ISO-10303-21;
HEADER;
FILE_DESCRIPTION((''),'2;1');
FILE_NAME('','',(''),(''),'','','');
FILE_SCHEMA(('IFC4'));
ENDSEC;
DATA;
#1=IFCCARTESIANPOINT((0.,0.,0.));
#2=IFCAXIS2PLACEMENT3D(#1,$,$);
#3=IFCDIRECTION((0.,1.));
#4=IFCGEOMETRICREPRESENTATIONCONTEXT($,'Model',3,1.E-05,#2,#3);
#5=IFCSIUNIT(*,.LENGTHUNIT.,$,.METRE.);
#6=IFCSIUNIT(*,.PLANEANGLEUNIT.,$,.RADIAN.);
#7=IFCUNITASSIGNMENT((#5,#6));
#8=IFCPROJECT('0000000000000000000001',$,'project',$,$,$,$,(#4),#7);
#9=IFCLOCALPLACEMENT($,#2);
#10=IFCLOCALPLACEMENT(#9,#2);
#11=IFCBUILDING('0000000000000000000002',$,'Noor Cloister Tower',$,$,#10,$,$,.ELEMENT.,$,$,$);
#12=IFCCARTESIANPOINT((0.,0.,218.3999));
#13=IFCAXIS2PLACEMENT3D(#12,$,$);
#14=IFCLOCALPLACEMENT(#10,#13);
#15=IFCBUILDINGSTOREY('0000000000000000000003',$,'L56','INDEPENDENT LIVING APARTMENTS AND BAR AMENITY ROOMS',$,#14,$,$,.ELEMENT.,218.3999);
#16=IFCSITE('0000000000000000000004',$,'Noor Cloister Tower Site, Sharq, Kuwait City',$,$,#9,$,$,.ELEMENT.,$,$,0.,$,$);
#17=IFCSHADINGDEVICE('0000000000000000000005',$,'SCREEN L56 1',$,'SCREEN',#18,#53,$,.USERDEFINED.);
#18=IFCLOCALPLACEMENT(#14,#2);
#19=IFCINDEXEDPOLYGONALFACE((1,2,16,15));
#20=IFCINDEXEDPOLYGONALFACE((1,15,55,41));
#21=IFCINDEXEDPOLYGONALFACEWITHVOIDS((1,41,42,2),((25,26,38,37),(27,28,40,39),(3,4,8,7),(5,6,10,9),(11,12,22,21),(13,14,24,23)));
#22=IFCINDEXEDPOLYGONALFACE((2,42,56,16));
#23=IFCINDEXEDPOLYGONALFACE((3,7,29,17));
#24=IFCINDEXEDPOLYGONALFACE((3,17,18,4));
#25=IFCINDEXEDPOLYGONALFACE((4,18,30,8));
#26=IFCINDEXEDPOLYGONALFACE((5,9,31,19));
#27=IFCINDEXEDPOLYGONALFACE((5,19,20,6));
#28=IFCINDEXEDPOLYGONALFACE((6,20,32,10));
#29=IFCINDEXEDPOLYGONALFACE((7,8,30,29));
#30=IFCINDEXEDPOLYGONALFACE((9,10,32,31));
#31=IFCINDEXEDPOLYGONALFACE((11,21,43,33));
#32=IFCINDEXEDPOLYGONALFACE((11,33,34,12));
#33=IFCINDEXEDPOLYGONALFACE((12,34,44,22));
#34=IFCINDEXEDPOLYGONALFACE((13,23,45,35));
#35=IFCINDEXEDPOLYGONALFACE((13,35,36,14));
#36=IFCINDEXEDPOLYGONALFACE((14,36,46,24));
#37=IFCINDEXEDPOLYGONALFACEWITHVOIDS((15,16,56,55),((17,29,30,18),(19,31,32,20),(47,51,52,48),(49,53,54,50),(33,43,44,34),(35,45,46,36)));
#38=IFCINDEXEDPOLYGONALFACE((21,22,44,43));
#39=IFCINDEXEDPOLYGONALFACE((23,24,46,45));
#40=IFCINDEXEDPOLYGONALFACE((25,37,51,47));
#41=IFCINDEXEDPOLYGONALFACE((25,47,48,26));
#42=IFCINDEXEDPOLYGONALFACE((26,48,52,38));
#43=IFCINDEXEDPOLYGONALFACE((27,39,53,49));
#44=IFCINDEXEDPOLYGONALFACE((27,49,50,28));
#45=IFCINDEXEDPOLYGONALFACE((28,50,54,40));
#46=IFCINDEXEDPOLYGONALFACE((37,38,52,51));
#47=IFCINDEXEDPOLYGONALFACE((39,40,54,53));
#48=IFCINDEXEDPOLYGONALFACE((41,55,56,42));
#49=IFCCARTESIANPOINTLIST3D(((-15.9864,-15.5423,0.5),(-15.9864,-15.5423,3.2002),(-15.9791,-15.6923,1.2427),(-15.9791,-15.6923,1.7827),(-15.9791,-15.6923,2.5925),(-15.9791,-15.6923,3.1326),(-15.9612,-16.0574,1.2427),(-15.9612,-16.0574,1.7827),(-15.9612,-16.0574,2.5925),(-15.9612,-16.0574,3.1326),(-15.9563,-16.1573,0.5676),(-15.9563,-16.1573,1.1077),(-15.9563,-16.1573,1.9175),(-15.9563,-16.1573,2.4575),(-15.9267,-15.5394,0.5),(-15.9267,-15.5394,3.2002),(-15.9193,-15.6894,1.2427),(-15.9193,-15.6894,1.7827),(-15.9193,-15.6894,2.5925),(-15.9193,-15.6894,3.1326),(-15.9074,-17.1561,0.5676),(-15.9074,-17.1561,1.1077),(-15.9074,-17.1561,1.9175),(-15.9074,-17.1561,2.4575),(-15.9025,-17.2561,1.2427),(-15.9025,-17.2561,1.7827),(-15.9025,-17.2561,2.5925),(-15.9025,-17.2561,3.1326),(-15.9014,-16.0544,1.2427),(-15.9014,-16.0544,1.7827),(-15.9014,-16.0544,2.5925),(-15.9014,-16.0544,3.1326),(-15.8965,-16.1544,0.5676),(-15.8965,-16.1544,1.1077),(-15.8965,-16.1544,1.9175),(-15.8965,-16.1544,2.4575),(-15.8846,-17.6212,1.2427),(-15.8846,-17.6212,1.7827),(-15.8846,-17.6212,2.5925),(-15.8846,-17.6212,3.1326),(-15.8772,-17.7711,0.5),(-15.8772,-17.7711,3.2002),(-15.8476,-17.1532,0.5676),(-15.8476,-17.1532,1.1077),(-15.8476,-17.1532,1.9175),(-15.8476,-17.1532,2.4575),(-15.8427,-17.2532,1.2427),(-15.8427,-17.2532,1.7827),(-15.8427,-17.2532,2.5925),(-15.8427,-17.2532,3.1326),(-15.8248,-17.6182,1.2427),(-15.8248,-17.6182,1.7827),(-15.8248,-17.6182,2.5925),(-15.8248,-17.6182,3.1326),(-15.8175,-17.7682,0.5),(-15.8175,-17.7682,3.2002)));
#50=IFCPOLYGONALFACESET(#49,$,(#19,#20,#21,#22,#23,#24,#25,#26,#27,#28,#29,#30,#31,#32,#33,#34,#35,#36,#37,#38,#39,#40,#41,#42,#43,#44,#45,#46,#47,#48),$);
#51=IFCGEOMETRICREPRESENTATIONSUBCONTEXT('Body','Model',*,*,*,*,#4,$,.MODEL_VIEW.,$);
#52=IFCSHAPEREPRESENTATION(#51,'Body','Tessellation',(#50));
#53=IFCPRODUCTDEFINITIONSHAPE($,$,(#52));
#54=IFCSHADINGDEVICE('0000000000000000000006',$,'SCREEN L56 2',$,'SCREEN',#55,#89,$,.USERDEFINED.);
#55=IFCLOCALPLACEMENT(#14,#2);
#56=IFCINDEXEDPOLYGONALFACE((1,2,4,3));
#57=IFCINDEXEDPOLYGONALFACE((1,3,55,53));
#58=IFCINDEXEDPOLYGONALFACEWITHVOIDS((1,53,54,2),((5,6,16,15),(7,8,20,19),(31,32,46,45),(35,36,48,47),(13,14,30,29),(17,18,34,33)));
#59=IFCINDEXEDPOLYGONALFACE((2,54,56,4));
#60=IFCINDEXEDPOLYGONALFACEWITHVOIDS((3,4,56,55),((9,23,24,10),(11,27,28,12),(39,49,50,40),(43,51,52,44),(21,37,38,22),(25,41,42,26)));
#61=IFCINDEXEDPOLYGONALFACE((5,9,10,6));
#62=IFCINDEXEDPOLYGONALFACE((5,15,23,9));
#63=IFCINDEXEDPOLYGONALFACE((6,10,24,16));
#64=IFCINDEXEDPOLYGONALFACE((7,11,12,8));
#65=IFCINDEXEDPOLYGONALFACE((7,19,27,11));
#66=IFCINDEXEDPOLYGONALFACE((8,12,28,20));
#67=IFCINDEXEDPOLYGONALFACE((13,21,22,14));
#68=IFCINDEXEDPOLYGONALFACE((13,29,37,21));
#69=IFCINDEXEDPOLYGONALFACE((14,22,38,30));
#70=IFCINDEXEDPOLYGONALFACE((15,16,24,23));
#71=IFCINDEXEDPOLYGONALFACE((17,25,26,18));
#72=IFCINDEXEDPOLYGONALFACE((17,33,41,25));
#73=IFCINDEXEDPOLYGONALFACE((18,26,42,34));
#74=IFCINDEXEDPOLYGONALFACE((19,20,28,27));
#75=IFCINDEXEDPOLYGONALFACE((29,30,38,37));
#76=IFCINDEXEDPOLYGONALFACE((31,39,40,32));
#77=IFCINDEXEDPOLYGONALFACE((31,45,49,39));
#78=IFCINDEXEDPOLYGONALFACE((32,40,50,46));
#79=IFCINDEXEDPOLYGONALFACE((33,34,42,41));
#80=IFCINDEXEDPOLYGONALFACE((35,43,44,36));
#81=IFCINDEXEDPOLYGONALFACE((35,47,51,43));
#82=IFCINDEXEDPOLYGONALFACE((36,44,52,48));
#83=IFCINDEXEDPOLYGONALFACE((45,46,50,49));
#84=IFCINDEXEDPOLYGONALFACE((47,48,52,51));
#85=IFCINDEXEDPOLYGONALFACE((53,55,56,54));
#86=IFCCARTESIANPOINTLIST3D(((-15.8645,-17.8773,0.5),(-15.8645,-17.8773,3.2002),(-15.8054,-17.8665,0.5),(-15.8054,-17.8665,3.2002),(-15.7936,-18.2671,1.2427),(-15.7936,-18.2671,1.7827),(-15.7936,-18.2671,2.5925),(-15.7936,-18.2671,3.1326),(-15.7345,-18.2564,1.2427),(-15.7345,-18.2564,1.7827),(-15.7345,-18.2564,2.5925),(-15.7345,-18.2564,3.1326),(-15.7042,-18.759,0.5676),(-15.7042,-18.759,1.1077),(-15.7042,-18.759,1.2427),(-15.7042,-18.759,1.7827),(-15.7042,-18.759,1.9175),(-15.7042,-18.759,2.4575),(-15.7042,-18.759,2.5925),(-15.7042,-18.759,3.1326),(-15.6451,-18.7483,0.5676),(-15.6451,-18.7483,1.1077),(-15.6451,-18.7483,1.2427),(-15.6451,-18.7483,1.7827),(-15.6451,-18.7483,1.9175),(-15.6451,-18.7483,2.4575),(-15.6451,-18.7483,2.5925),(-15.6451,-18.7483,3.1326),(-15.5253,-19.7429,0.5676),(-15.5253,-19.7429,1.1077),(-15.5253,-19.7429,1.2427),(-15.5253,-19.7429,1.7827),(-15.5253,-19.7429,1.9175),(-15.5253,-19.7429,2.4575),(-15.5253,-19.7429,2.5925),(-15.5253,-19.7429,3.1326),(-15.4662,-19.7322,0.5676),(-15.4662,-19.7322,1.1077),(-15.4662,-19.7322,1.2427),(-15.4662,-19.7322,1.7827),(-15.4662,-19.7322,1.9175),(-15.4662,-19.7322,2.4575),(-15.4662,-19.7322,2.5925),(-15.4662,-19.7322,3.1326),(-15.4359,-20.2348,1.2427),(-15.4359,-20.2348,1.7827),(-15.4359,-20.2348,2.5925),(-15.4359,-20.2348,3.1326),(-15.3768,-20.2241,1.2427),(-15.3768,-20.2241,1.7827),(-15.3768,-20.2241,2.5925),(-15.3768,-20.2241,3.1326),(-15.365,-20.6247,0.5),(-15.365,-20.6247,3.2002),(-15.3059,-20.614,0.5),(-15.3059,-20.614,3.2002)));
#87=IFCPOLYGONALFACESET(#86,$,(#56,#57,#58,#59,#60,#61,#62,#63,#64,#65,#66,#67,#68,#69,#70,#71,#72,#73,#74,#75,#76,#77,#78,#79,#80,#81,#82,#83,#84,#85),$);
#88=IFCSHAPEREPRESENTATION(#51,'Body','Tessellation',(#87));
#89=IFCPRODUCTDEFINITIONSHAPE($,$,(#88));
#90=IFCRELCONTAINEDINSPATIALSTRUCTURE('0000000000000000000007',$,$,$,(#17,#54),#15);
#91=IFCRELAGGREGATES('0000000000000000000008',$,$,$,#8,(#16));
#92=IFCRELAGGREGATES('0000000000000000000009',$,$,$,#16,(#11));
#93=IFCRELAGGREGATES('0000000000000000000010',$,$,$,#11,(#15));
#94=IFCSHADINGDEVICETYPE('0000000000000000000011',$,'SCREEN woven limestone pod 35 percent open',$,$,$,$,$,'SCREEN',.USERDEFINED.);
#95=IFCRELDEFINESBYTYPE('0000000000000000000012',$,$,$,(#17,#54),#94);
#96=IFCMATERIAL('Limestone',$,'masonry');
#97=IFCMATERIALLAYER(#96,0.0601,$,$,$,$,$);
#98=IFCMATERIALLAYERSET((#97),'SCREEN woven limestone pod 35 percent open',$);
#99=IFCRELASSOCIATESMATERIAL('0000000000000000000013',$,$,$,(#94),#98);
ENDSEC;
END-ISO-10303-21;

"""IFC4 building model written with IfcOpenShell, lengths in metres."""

from ifc_helpers import new_model, si_unit, direction, frame, origin, place, context, subcontext, project, spatial, polyline, outline, extrude, material, layer, layer_set, type_object, element, save


model = new_model("IFC4")

# Units and contexts
model_context = context("Model", 3, precision=1e-05, world=origin(), true_north=direction((0.0, 1.0)))
body_context = subcontext(model_context, "Body", "Model", "MODEL_VIEW")
ifc_project = project(units=[si_unit("LENGTHUNIT", "METRE"), si_unit("PLANEANGLEUNIT", "RADIAN")], contexts=[model_context])

# Site, building, storey
site_placement = place(None, origin())
site = spatial("IfcSite", under=ifc_project, at=site_placement, Name="Noor Cloister Tower Site, Sharq, Kuwait City", CompositionType="ELEMENT", RefElevation=0.0)
building_placement = place(site_placement, origin())
building = spatial("IfcBuilding", under=site, at=building_placement, Name="Noor Cloister Tower", CompositionType="ELEMENT")
storey_placement = place(building_placement, frame((0.0, 0.0, 218.3999)))
storey = spatial("IfcBuildingStorey", under=building, at=storey_placement, Name="L56", Description="INDEPENDENT LIVING APARTMENTS AND BAR AMENITY ROOMS", CompositionType="ELEMENT", Elevation=218.3999)

# Shading devices
ifc_material_1 = material(Name="Limestone", Category="masonry")
ifc_layer_1 = layer(ifc_material_1, 0.0601)
ifc_layer_set_1 = layer_set([ifc_layer_1], Name="SCREEN woven limestone pod 35 percent open")
shading_device_type = type_object("IfcShadingDeviceType", Name="SCREEN woven limestone pod 35 percent open", ElementType="SCREEN", PredefinedType="USERDEFINED", material=ifc_layer_set_1)
shading_device_1_placement = place(storey_placement, frame((-15.8721, -16.6538, 1.8501), z_axis=(-0.998803, -0.048921, 0.0), x_axis=(0.048921, -0.998803, 0.0)))
element("IfcShadingDevice", 1, at=shading_device_1_placement, inside=storey, type_object=shading_device_type, Name="SCREEN L56 1", ObjectType="SCREEN", PredefinedType="USERDEFINED", context=body_context, shape_type="SweptSolid", body=[
    extrude(outline(polyline([(-1.1157, -1.3501), (1.1157, -1.3501), (1.1157, 1.3501), (-1.1157, 1.3501), (-1.1157, -1.3501)]), holes=[polyline([(-0.5, -1.2825), (0.5, -1.2825), (0.5, -0.7424), (-0.5, -0.7424), (-0.5, -1.2825)]), polyline([(0.6001, -0.6074), (0.9656, -0.6074), (0.9656, -0.0674), (0.6001, -0.0674), (0.6001, -0.6074)]), polyline([(-0.9656, -0.6074), (-0.6001, -0.6074), (-0.6001, -0.0674), (-0.9656, -0.0674), (-0.9656, -0.6074)]), polyline([(-0.5, 0.0674), (0.5, 0.0674), (0.5, 0.6074), (-0.5, 0.6074), (-0.5, 0.0674)]), polyline([(0.6001, 0.7424), (0.9656, 0.7424), (0.9656, 1.2825), (0.6001, 1.2825), (0.6001, 0.7424)]), polyline([(-0.9656, 0.7424), (-0.6001, 0.7424), (-0.6001, 1.2825), (-0.9656, 1.2825), (-0.9656, 0.7424)])]), origin(), (0.0, 0.0, 1.0), 0.0598),
])
shading_device_2_placement = place(storey_placement, frame((-15.5557, -19.2402, 1.8501), z_axis=(-0.98387, -0.178885, 0.0), x_axis=(0.178885, -0.98387, 0.0)))
element("IfcShadingDevice", 2, at=shading_device_2_placement, inside=storey, type_object=shading_device_type, Name="SCREEN L56 2", ObjectType="SCREEN", PredefinedType="USERDEFINED", context=body_context, shape_type="SweptSolid", body=[
    extrude(outline(polyline([(-1.3962, -1.3501), (1.3962, -1.3501), (1.3962, 1.3501), (-1.3962, 1.3501), (-1.3962, -1.3501)]), holes=[polyline([(-0.5, -1.2825), (0.5, -1.2825), (0.5, -0.7424), (-0.5, -0.7424), (-0.5, -1.2825)]), polyline([(-1.0, -0.6074), (-0.5, -0.6074), (-0.5, -0.0674), (-1.0, -0.0674), (-1.0, -0.6074)]), polyline([(0.5, -0.6074), (1.0, -0.6074), (1.0, -0.0674), (0.5, -0.0674), (0.5, -0.6074)]), polyline([(-0.5, 0.0674), (0.5, 0.0674), (0.5, 0.6074), (-0.5, 0.6074), (-0.5, 0.0674)]), polyline([(-1.0, 0.7424), (-0.5, 0.7424), (-0.5, 1.2825), (-1.0, 1.2825), (-1.0, 0.7424)]), polyline([(0.5, 0.7424), (1.0, 0.7424), (1.0, 1.2825), (0.5, 1.2825), (0.5, 0.7424)])]), origin(), (0.0, 0.0, 1.0), 0.0601),
])

save(model, "model.ifc")
